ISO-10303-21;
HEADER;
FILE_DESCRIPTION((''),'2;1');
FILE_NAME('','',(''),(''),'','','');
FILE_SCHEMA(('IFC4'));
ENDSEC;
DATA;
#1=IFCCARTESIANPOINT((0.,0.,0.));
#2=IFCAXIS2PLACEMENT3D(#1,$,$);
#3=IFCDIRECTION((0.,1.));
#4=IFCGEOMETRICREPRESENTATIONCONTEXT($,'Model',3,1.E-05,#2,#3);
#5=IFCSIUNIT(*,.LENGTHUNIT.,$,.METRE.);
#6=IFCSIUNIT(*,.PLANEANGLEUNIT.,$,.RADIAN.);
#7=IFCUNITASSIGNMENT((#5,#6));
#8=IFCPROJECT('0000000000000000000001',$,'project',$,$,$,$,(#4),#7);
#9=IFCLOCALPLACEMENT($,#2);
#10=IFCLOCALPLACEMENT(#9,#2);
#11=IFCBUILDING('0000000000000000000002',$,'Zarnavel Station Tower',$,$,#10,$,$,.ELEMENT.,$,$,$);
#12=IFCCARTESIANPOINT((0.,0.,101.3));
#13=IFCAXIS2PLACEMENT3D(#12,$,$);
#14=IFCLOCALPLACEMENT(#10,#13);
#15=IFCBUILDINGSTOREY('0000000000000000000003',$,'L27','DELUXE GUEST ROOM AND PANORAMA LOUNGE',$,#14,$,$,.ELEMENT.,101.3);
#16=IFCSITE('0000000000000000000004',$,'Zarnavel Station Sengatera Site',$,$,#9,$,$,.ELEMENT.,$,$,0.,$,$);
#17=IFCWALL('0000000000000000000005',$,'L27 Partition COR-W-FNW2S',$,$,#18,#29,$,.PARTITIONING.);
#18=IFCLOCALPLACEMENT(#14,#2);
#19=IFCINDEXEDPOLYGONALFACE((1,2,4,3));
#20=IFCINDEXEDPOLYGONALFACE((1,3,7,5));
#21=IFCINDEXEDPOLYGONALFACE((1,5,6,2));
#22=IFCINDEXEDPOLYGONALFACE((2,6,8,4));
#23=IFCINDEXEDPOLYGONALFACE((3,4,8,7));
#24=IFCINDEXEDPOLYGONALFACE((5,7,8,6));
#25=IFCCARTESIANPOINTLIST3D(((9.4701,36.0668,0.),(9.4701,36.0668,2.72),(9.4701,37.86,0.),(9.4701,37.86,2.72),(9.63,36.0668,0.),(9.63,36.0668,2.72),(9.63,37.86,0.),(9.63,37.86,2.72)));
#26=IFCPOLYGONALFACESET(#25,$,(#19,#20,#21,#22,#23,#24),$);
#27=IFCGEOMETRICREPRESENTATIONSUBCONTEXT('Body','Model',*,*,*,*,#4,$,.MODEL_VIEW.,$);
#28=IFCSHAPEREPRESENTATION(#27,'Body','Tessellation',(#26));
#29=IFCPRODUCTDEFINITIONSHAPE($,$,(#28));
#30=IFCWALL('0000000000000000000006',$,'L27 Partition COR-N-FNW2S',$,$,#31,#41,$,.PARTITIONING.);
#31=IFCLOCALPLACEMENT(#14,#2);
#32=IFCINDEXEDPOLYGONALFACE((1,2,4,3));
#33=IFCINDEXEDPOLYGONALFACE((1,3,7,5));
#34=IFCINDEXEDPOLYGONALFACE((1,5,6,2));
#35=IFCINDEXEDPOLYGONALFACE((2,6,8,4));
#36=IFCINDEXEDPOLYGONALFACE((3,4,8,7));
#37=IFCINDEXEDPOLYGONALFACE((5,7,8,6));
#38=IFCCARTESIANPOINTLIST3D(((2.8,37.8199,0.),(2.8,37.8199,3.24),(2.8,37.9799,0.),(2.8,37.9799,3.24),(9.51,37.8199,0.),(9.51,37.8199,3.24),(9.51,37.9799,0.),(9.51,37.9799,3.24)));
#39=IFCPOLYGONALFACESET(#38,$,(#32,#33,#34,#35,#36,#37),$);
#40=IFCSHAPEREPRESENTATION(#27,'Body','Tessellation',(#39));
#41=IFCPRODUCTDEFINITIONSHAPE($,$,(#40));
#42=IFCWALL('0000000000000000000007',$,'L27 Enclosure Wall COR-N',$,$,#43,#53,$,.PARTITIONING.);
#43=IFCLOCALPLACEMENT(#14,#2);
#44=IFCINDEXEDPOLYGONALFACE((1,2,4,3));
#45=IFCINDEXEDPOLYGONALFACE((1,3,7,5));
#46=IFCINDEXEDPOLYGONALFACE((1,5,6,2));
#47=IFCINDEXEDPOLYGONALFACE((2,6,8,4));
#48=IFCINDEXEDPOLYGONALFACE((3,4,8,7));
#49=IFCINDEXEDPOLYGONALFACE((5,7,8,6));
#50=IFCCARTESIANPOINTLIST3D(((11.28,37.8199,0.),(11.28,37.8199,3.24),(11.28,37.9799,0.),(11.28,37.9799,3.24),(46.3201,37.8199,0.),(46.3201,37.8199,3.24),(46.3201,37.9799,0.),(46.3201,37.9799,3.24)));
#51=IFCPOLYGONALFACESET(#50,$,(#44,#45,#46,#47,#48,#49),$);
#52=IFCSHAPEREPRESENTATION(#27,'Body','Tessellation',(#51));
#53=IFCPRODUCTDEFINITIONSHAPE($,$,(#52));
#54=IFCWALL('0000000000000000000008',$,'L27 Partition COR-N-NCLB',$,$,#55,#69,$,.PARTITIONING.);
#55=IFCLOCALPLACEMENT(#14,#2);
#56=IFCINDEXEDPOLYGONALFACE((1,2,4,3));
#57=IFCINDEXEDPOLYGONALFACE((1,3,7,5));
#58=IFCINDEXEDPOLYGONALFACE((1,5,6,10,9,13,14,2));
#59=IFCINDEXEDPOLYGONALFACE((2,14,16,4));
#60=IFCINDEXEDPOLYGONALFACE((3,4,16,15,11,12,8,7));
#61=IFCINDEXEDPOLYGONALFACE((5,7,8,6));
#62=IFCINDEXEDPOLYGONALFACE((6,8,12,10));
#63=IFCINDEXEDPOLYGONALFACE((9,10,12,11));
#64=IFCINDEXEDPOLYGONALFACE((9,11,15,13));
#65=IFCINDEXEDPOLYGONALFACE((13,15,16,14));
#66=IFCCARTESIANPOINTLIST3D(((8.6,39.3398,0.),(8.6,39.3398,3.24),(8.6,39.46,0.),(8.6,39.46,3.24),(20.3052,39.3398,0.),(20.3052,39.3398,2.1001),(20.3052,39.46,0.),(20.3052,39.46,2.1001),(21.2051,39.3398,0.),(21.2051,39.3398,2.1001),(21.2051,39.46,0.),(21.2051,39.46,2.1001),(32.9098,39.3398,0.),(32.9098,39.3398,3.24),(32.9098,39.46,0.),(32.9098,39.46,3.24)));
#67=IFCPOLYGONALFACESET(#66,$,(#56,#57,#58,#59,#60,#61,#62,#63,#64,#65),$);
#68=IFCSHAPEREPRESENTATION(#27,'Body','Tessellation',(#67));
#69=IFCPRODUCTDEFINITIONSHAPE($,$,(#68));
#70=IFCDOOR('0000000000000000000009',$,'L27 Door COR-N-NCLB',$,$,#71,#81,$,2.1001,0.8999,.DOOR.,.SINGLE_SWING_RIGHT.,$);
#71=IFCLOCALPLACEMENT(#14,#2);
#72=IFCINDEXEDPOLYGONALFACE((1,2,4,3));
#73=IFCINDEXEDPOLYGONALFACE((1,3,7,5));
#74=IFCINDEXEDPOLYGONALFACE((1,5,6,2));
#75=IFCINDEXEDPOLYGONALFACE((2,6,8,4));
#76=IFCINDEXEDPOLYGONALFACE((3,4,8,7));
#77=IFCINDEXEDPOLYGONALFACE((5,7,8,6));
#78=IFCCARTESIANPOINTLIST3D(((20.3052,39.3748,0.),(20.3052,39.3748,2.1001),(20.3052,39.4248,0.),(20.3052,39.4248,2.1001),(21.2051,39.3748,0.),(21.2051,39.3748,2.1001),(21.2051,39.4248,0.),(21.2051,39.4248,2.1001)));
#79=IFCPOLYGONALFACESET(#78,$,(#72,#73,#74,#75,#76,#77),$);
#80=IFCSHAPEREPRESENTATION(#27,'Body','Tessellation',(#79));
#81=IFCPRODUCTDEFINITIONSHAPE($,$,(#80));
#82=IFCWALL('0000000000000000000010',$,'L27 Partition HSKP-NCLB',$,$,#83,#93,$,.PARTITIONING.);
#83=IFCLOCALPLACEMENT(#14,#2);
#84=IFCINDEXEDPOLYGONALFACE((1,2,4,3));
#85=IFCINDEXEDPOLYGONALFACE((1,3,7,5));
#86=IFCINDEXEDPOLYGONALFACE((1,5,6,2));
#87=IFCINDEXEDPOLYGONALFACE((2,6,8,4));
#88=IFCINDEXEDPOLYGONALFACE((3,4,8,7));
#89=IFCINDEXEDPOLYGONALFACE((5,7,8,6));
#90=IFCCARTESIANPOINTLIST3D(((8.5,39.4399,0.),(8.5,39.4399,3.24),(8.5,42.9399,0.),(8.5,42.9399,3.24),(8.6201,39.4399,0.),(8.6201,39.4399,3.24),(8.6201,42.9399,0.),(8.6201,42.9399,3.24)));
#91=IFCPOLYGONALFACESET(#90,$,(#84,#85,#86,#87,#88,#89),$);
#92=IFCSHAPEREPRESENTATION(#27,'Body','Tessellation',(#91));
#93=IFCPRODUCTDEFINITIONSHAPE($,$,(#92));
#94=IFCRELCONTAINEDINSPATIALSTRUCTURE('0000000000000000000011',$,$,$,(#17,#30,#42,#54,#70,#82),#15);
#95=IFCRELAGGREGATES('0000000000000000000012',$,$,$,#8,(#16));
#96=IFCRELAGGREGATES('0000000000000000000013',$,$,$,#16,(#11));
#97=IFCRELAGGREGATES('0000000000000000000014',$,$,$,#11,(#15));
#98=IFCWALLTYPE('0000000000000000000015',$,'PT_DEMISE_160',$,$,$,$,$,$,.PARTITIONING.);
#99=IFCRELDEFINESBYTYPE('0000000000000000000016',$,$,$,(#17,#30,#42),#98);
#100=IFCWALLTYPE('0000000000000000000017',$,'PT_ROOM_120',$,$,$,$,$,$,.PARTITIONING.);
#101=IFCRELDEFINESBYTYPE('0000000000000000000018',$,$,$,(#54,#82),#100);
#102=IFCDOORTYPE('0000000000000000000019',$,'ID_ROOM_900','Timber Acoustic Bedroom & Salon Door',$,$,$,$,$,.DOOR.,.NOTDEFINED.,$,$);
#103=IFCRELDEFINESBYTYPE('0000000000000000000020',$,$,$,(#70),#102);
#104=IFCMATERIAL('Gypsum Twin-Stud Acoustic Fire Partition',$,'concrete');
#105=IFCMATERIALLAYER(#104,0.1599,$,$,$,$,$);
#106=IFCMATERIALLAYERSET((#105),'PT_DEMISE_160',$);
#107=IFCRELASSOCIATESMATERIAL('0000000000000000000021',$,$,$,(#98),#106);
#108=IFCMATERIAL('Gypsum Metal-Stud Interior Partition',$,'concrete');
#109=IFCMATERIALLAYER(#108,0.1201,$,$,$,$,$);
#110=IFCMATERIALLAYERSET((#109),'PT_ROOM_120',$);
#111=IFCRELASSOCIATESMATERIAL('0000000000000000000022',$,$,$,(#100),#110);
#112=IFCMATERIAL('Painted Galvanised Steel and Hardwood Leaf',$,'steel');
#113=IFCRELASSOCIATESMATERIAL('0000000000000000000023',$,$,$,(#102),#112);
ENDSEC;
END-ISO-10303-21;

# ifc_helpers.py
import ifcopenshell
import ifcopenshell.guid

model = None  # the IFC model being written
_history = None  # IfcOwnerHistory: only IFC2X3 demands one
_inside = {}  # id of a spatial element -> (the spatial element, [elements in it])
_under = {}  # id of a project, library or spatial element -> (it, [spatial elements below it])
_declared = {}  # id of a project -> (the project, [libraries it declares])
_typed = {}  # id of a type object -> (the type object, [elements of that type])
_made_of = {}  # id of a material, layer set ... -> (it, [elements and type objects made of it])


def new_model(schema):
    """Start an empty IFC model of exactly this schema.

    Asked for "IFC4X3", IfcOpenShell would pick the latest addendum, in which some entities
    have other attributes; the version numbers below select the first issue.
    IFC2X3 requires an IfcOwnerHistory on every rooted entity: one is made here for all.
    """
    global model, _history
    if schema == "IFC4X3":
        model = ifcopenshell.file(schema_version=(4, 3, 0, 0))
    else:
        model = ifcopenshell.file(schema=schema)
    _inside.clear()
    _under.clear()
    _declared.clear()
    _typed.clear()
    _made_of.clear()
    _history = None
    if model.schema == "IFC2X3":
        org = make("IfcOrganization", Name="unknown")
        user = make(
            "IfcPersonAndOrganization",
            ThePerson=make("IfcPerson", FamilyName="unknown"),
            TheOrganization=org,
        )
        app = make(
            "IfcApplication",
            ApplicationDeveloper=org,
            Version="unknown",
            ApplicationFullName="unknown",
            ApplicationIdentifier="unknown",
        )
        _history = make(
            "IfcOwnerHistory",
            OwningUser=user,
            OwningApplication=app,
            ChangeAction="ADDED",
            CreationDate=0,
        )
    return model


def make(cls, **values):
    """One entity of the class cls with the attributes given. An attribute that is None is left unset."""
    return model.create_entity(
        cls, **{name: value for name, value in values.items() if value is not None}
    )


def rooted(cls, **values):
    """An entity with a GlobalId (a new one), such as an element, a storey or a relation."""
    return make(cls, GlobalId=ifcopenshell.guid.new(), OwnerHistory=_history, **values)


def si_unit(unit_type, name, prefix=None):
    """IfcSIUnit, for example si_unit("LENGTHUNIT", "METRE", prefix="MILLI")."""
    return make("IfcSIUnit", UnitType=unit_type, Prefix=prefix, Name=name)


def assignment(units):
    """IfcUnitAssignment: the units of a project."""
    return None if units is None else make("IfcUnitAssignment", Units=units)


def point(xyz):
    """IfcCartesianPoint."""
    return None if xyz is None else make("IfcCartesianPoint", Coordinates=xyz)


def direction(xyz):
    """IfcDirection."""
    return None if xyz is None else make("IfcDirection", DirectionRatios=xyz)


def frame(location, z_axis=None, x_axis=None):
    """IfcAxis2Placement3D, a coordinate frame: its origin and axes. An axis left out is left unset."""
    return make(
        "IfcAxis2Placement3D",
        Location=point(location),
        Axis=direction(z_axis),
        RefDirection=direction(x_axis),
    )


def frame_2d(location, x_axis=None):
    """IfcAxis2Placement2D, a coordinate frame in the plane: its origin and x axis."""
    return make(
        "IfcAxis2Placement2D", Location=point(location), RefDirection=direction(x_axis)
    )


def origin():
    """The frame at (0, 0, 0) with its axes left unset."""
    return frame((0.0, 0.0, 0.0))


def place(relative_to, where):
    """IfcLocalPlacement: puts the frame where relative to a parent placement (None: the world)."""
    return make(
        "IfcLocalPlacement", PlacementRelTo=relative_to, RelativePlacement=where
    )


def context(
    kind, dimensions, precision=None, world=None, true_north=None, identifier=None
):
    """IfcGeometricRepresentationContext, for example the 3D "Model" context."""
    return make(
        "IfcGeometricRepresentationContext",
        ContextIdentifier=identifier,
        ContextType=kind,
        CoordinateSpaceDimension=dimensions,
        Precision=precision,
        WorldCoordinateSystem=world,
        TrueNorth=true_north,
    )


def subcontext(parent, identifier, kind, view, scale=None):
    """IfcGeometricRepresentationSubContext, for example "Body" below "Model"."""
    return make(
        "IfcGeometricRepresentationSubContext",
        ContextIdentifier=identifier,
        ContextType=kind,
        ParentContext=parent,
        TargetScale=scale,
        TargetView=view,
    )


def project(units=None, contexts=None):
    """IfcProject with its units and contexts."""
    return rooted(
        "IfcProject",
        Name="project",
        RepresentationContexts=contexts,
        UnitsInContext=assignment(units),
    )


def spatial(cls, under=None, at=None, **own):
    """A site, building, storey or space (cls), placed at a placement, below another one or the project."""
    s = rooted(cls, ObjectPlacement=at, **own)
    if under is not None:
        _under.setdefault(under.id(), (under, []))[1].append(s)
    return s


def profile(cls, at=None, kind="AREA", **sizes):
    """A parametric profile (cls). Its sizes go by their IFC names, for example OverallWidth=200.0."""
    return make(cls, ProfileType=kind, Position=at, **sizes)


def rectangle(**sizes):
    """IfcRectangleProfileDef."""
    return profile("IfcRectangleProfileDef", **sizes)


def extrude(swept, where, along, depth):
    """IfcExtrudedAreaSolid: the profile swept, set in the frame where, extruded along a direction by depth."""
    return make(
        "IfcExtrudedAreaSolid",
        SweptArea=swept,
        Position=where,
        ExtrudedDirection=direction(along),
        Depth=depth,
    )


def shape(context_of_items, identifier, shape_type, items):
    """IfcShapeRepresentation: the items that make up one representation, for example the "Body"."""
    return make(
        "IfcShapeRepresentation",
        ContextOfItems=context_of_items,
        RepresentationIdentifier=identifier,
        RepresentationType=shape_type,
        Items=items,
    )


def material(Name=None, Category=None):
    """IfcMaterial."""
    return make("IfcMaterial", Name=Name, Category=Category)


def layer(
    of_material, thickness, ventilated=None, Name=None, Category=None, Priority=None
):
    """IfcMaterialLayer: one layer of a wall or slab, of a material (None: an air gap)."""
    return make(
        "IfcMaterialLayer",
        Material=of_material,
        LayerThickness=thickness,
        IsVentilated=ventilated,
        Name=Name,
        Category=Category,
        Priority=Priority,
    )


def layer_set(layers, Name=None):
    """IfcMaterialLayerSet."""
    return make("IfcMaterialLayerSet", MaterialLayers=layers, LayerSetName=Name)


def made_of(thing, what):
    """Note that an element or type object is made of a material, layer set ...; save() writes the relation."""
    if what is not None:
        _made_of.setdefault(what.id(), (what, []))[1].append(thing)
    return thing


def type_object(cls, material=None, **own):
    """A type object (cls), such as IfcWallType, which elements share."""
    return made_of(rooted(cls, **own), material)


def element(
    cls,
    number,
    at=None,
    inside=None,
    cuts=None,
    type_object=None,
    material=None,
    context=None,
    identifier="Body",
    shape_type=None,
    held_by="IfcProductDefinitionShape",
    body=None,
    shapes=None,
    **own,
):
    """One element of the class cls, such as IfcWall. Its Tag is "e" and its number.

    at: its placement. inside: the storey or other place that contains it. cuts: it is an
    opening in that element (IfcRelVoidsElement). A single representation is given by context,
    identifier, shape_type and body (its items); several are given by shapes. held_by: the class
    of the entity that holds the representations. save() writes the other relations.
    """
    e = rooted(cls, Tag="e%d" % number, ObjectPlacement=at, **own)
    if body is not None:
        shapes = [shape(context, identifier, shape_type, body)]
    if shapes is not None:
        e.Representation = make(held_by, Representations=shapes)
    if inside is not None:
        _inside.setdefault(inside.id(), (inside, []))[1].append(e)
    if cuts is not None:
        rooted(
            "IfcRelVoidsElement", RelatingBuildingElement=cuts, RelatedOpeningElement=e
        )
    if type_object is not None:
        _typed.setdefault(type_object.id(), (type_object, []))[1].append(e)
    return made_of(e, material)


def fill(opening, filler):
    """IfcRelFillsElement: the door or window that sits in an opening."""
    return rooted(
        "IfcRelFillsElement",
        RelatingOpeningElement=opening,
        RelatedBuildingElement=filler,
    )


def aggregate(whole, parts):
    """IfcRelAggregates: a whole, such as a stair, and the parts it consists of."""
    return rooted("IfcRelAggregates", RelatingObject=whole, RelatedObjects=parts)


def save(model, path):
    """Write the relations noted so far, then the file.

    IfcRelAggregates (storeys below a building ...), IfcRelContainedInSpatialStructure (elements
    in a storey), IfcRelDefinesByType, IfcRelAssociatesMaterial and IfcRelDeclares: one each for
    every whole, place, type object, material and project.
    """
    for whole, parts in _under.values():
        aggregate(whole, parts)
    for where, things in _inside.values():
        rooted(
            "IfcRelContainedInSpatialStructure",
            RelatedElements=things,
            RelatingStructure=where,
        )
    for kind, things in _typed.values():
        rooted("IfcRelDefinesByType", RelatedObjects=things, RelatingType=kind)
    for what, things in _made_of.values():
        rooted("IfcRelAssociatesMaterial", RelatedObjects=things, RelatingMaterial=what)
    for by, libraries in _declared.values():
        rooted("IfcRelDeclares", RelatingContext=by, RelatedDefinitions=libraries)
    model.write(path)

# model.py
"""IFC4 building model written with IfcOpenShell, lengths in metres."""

from ifc_helpers import new_model, si_unit, direction, frame, frame_2d, origin, place, context, subcontext, project, spatial, rectangle, extrude, material, layer, layer_set, type_object, element, fill, save


model = new_model("IFC4")

# Units and contexts
model_context = context("Model", 3, precision=1e-05, world=origin(), true_north=direction((0.0, 1.0)))
body_context = subcontext(model_context, "Body", "Model", "MODEL_VIEW")
ifc_project = project(units=[si_unit("LENGTHUNIT", "METRE"), si_unit("PLANEANGLEUNIT", "RADIAN")], contexts=[model_context])

# Site, building, storey
site_placement = place(None, origin())
site = spatial("IfcSite", under=ifc_project, at=site_placement, Name="Zarnavel Station Sengatera Site", CompositionType="ELEMENT", RefElevation=0.0)
building_placement = place(site_placement, origin())
building = spatial("IfcBuilding", under=site, at=building_placement, Name="Zarnavel Station Tower", CompositionType="ELEMENT")
storey_placement = place(building_placement, frame((0.0, 0.0, 101.3)))
storey = spatial("IfcBuildingStorey", under=building, at=storey_placement, Name="L27", Description="DELUXE GUEST ROOM AND PANORAMA LOUNGE", CompositionType="ELEMENT", Elevation=101.3)

# Walls
ifc_material_1 = material(Name="Gypsum Twin-Stud Acoustic Fire Partition", Category="concrete")
ifc_layer_1 = layer(ifc_material_1, 0.1599)
ifc_layer_set_1 = layer_set([ifc_layer_1], Name="PT_DEMISE_160")
wall_type_1 = type_object("IfcWallType", Name="PT_DEMISE_160", PredefinedType="PARTITIONING", material=ifc_layer_set_1)
wall_1_placement = place(storey_placement, frame((9.55, 36.0669, 0.0), z_axis=(0.0, 0.0, 1.0), x_axis=(0.0, 1.0, 0.0)))
element("IfcWall", 1, at=wall_1_placement, inside=storey, type_object=wall_type_1, Name="L27 Partition COR-W-FNW2S", PredefinedType="PARTITIONING", context=body_context, shape_type="SweptSolid", body=[
    extrude(rectangle(XDim=1.7932, YDim=0.1599, at=frame_2d((0.8965, 0.0))), origin(), (0.0, 0.0, 1.0), 2.72),
])
wall_2_placement = place(storey_placement, frame((2.8, 37.8999, 0.0), z_axis=(0.0, 0.0, 1.0), x_axis=(1.0, 0.0, 0.0)))
element("IfcWall", 2, at=wall_2_placement, inside=storey, type_object=wall_type_1, Name="L27 Partition COR-N-FNW2S", PredefinedType="PARTITIONING", context=body_context, shape_type="SweptSolid", body=[
    extrude(rectangle(XDim=6.71, YDim=0.1599, at=frame_2d((3.355, 0.0))), origin(), (0.0, 0.0, 1.0), 3.24),
])
wall_3_placement = place(storey_placement, frame((11.28, 37.8999, 0.0), z_axis=(0.0, 0.0, 1.0), x_axis=(1.0, 0.0, 0.0)))
element("IfcWall", 3, at=wall_3_placement, inside=storey, type_object=wall_type_1, Name="L27 Enclosure Wall COR-N", PredefinedType="PARTITIONING", context=body_context, shape_type="SweptSolid", body=[
    extrude(rectangle(XDim=35.04, YDim=0.1599, at=frame_2d((17.52, 0.0))), origin(), (0.0, 0.0, 1.0), 3.24),
])

# Wall, opening, door
ifc_material_2 = material(Name="Gypsum Metal-Stud Interior Partition", Category="concrete")
ifc_layer_2 = layer(ifc_material_2, 0.1201)
ifc_layer_set_2 = layer_set([ifc_layer_2], Name="PT_ROOM_120")
wall_type_2 = type_object("IfcWallType", Name="PT_ROOM_120", PredefinedType="PARTITIONING", material=ifc_layer_set_2)
wall_4_placement = place(storey_placement, frame((8.6001, 39.3999, 0.0), z_axis=(0.0, 0.0, 1.0), x_axis=(1.0, 0.0, 0.0)))
wall_4 = element("IfcWall", 4, at=wall_4_placement, inside=storey, type_object=wall_type_2, Name="L27 Partition COR-N-NCLB", PredefinedType="PARTITIONING", context=body_context, shape_type="SweptSolid", body=[
    extrude(rectangle(XDim=24.3098, YDim=0.1201, at=frame_2d((12.1548, 0.0))), origin(), (0.0, 0.0, 1.0), 3.24),
])
opening_1_placement = place(wall_4_placement, frame((11.7051, 0.0, 0.0)))
opening_1 = element("IfcOpeningElement", 5, at=opening_1_placement, cuts=wall_4, PredefinedType="OPENING", context=body_context, shape_type="SweptSolid", body=[
    extrude(rectangle(XDim=0.8999, YDim=2.1001, at=frame_2d((0.45, 1.05))), frame((0.0, 0.0701, 0.0), z_axis=(0.0, -1.0, 0.0), x_axis=(1.0, 0.0, 0.0)), (0.0, 0.0, 1.0), 0.1401),
])
ifc_material_3 = material(Name="Painted Galvanised Steel and Hardwood Leaf", Category="steel")
door_type = type_object("IfcDoorType", Name="ID_ROOM_900", Description="Timber Acoustic Bedroom & Salon Door", OperationType="NOTDEFINED", PredefinedType="DOOR", material=ifc_material_3)
door_placement = place(opening_1_placement, origin())
door = element("IfcDoor", 6, at=door_placement, inside=storey, type_object=door_type, Name="L27 Door COR-N-NCLB", OperationType="SINGLE_SWING_RIGHT", OverallHeight=2.1001, OverallWidth=0.8999, PredefinedType="DOOR", context=body_context, shape_type="SweptSolid", body=[
    extrude(rectangle(XDim=0.8999, YDim=2.1001, at=frame_2d((0.45, 1.05))), frame((0.0, 0.0249, 0.0), z_axis=(0.0, -1.0, 0.0), x_axis=(1.0, 0.0, 0.0)), (0.0, 0.0, 1.0), 0.05),
])
fill(opening_1, door)

# Wall
wall_5_placement = place(storey_placement, frame((8.5601, 39.4399, 0.0), z_axis=(0.0, 0.0, 1.0), x_axis=(0.0, 1.0, 0.0)))
element("IfcWall", 7, at=wall_5_placement, inside=storey, type_object=wall_type_2, Name="L27 Partition HSKP-NCLB", PredefinedType="PARTITIONING", context=body_context, shape_type="SweptSolid", body=[
    extrude(rectangle(XDim=3.5, YDim=0.1201, at=frame_2d((1.75, 0.0))), origin(), (0.0, 0.0, 1.0), 3.24),
])

save(model, "model.ifc")
